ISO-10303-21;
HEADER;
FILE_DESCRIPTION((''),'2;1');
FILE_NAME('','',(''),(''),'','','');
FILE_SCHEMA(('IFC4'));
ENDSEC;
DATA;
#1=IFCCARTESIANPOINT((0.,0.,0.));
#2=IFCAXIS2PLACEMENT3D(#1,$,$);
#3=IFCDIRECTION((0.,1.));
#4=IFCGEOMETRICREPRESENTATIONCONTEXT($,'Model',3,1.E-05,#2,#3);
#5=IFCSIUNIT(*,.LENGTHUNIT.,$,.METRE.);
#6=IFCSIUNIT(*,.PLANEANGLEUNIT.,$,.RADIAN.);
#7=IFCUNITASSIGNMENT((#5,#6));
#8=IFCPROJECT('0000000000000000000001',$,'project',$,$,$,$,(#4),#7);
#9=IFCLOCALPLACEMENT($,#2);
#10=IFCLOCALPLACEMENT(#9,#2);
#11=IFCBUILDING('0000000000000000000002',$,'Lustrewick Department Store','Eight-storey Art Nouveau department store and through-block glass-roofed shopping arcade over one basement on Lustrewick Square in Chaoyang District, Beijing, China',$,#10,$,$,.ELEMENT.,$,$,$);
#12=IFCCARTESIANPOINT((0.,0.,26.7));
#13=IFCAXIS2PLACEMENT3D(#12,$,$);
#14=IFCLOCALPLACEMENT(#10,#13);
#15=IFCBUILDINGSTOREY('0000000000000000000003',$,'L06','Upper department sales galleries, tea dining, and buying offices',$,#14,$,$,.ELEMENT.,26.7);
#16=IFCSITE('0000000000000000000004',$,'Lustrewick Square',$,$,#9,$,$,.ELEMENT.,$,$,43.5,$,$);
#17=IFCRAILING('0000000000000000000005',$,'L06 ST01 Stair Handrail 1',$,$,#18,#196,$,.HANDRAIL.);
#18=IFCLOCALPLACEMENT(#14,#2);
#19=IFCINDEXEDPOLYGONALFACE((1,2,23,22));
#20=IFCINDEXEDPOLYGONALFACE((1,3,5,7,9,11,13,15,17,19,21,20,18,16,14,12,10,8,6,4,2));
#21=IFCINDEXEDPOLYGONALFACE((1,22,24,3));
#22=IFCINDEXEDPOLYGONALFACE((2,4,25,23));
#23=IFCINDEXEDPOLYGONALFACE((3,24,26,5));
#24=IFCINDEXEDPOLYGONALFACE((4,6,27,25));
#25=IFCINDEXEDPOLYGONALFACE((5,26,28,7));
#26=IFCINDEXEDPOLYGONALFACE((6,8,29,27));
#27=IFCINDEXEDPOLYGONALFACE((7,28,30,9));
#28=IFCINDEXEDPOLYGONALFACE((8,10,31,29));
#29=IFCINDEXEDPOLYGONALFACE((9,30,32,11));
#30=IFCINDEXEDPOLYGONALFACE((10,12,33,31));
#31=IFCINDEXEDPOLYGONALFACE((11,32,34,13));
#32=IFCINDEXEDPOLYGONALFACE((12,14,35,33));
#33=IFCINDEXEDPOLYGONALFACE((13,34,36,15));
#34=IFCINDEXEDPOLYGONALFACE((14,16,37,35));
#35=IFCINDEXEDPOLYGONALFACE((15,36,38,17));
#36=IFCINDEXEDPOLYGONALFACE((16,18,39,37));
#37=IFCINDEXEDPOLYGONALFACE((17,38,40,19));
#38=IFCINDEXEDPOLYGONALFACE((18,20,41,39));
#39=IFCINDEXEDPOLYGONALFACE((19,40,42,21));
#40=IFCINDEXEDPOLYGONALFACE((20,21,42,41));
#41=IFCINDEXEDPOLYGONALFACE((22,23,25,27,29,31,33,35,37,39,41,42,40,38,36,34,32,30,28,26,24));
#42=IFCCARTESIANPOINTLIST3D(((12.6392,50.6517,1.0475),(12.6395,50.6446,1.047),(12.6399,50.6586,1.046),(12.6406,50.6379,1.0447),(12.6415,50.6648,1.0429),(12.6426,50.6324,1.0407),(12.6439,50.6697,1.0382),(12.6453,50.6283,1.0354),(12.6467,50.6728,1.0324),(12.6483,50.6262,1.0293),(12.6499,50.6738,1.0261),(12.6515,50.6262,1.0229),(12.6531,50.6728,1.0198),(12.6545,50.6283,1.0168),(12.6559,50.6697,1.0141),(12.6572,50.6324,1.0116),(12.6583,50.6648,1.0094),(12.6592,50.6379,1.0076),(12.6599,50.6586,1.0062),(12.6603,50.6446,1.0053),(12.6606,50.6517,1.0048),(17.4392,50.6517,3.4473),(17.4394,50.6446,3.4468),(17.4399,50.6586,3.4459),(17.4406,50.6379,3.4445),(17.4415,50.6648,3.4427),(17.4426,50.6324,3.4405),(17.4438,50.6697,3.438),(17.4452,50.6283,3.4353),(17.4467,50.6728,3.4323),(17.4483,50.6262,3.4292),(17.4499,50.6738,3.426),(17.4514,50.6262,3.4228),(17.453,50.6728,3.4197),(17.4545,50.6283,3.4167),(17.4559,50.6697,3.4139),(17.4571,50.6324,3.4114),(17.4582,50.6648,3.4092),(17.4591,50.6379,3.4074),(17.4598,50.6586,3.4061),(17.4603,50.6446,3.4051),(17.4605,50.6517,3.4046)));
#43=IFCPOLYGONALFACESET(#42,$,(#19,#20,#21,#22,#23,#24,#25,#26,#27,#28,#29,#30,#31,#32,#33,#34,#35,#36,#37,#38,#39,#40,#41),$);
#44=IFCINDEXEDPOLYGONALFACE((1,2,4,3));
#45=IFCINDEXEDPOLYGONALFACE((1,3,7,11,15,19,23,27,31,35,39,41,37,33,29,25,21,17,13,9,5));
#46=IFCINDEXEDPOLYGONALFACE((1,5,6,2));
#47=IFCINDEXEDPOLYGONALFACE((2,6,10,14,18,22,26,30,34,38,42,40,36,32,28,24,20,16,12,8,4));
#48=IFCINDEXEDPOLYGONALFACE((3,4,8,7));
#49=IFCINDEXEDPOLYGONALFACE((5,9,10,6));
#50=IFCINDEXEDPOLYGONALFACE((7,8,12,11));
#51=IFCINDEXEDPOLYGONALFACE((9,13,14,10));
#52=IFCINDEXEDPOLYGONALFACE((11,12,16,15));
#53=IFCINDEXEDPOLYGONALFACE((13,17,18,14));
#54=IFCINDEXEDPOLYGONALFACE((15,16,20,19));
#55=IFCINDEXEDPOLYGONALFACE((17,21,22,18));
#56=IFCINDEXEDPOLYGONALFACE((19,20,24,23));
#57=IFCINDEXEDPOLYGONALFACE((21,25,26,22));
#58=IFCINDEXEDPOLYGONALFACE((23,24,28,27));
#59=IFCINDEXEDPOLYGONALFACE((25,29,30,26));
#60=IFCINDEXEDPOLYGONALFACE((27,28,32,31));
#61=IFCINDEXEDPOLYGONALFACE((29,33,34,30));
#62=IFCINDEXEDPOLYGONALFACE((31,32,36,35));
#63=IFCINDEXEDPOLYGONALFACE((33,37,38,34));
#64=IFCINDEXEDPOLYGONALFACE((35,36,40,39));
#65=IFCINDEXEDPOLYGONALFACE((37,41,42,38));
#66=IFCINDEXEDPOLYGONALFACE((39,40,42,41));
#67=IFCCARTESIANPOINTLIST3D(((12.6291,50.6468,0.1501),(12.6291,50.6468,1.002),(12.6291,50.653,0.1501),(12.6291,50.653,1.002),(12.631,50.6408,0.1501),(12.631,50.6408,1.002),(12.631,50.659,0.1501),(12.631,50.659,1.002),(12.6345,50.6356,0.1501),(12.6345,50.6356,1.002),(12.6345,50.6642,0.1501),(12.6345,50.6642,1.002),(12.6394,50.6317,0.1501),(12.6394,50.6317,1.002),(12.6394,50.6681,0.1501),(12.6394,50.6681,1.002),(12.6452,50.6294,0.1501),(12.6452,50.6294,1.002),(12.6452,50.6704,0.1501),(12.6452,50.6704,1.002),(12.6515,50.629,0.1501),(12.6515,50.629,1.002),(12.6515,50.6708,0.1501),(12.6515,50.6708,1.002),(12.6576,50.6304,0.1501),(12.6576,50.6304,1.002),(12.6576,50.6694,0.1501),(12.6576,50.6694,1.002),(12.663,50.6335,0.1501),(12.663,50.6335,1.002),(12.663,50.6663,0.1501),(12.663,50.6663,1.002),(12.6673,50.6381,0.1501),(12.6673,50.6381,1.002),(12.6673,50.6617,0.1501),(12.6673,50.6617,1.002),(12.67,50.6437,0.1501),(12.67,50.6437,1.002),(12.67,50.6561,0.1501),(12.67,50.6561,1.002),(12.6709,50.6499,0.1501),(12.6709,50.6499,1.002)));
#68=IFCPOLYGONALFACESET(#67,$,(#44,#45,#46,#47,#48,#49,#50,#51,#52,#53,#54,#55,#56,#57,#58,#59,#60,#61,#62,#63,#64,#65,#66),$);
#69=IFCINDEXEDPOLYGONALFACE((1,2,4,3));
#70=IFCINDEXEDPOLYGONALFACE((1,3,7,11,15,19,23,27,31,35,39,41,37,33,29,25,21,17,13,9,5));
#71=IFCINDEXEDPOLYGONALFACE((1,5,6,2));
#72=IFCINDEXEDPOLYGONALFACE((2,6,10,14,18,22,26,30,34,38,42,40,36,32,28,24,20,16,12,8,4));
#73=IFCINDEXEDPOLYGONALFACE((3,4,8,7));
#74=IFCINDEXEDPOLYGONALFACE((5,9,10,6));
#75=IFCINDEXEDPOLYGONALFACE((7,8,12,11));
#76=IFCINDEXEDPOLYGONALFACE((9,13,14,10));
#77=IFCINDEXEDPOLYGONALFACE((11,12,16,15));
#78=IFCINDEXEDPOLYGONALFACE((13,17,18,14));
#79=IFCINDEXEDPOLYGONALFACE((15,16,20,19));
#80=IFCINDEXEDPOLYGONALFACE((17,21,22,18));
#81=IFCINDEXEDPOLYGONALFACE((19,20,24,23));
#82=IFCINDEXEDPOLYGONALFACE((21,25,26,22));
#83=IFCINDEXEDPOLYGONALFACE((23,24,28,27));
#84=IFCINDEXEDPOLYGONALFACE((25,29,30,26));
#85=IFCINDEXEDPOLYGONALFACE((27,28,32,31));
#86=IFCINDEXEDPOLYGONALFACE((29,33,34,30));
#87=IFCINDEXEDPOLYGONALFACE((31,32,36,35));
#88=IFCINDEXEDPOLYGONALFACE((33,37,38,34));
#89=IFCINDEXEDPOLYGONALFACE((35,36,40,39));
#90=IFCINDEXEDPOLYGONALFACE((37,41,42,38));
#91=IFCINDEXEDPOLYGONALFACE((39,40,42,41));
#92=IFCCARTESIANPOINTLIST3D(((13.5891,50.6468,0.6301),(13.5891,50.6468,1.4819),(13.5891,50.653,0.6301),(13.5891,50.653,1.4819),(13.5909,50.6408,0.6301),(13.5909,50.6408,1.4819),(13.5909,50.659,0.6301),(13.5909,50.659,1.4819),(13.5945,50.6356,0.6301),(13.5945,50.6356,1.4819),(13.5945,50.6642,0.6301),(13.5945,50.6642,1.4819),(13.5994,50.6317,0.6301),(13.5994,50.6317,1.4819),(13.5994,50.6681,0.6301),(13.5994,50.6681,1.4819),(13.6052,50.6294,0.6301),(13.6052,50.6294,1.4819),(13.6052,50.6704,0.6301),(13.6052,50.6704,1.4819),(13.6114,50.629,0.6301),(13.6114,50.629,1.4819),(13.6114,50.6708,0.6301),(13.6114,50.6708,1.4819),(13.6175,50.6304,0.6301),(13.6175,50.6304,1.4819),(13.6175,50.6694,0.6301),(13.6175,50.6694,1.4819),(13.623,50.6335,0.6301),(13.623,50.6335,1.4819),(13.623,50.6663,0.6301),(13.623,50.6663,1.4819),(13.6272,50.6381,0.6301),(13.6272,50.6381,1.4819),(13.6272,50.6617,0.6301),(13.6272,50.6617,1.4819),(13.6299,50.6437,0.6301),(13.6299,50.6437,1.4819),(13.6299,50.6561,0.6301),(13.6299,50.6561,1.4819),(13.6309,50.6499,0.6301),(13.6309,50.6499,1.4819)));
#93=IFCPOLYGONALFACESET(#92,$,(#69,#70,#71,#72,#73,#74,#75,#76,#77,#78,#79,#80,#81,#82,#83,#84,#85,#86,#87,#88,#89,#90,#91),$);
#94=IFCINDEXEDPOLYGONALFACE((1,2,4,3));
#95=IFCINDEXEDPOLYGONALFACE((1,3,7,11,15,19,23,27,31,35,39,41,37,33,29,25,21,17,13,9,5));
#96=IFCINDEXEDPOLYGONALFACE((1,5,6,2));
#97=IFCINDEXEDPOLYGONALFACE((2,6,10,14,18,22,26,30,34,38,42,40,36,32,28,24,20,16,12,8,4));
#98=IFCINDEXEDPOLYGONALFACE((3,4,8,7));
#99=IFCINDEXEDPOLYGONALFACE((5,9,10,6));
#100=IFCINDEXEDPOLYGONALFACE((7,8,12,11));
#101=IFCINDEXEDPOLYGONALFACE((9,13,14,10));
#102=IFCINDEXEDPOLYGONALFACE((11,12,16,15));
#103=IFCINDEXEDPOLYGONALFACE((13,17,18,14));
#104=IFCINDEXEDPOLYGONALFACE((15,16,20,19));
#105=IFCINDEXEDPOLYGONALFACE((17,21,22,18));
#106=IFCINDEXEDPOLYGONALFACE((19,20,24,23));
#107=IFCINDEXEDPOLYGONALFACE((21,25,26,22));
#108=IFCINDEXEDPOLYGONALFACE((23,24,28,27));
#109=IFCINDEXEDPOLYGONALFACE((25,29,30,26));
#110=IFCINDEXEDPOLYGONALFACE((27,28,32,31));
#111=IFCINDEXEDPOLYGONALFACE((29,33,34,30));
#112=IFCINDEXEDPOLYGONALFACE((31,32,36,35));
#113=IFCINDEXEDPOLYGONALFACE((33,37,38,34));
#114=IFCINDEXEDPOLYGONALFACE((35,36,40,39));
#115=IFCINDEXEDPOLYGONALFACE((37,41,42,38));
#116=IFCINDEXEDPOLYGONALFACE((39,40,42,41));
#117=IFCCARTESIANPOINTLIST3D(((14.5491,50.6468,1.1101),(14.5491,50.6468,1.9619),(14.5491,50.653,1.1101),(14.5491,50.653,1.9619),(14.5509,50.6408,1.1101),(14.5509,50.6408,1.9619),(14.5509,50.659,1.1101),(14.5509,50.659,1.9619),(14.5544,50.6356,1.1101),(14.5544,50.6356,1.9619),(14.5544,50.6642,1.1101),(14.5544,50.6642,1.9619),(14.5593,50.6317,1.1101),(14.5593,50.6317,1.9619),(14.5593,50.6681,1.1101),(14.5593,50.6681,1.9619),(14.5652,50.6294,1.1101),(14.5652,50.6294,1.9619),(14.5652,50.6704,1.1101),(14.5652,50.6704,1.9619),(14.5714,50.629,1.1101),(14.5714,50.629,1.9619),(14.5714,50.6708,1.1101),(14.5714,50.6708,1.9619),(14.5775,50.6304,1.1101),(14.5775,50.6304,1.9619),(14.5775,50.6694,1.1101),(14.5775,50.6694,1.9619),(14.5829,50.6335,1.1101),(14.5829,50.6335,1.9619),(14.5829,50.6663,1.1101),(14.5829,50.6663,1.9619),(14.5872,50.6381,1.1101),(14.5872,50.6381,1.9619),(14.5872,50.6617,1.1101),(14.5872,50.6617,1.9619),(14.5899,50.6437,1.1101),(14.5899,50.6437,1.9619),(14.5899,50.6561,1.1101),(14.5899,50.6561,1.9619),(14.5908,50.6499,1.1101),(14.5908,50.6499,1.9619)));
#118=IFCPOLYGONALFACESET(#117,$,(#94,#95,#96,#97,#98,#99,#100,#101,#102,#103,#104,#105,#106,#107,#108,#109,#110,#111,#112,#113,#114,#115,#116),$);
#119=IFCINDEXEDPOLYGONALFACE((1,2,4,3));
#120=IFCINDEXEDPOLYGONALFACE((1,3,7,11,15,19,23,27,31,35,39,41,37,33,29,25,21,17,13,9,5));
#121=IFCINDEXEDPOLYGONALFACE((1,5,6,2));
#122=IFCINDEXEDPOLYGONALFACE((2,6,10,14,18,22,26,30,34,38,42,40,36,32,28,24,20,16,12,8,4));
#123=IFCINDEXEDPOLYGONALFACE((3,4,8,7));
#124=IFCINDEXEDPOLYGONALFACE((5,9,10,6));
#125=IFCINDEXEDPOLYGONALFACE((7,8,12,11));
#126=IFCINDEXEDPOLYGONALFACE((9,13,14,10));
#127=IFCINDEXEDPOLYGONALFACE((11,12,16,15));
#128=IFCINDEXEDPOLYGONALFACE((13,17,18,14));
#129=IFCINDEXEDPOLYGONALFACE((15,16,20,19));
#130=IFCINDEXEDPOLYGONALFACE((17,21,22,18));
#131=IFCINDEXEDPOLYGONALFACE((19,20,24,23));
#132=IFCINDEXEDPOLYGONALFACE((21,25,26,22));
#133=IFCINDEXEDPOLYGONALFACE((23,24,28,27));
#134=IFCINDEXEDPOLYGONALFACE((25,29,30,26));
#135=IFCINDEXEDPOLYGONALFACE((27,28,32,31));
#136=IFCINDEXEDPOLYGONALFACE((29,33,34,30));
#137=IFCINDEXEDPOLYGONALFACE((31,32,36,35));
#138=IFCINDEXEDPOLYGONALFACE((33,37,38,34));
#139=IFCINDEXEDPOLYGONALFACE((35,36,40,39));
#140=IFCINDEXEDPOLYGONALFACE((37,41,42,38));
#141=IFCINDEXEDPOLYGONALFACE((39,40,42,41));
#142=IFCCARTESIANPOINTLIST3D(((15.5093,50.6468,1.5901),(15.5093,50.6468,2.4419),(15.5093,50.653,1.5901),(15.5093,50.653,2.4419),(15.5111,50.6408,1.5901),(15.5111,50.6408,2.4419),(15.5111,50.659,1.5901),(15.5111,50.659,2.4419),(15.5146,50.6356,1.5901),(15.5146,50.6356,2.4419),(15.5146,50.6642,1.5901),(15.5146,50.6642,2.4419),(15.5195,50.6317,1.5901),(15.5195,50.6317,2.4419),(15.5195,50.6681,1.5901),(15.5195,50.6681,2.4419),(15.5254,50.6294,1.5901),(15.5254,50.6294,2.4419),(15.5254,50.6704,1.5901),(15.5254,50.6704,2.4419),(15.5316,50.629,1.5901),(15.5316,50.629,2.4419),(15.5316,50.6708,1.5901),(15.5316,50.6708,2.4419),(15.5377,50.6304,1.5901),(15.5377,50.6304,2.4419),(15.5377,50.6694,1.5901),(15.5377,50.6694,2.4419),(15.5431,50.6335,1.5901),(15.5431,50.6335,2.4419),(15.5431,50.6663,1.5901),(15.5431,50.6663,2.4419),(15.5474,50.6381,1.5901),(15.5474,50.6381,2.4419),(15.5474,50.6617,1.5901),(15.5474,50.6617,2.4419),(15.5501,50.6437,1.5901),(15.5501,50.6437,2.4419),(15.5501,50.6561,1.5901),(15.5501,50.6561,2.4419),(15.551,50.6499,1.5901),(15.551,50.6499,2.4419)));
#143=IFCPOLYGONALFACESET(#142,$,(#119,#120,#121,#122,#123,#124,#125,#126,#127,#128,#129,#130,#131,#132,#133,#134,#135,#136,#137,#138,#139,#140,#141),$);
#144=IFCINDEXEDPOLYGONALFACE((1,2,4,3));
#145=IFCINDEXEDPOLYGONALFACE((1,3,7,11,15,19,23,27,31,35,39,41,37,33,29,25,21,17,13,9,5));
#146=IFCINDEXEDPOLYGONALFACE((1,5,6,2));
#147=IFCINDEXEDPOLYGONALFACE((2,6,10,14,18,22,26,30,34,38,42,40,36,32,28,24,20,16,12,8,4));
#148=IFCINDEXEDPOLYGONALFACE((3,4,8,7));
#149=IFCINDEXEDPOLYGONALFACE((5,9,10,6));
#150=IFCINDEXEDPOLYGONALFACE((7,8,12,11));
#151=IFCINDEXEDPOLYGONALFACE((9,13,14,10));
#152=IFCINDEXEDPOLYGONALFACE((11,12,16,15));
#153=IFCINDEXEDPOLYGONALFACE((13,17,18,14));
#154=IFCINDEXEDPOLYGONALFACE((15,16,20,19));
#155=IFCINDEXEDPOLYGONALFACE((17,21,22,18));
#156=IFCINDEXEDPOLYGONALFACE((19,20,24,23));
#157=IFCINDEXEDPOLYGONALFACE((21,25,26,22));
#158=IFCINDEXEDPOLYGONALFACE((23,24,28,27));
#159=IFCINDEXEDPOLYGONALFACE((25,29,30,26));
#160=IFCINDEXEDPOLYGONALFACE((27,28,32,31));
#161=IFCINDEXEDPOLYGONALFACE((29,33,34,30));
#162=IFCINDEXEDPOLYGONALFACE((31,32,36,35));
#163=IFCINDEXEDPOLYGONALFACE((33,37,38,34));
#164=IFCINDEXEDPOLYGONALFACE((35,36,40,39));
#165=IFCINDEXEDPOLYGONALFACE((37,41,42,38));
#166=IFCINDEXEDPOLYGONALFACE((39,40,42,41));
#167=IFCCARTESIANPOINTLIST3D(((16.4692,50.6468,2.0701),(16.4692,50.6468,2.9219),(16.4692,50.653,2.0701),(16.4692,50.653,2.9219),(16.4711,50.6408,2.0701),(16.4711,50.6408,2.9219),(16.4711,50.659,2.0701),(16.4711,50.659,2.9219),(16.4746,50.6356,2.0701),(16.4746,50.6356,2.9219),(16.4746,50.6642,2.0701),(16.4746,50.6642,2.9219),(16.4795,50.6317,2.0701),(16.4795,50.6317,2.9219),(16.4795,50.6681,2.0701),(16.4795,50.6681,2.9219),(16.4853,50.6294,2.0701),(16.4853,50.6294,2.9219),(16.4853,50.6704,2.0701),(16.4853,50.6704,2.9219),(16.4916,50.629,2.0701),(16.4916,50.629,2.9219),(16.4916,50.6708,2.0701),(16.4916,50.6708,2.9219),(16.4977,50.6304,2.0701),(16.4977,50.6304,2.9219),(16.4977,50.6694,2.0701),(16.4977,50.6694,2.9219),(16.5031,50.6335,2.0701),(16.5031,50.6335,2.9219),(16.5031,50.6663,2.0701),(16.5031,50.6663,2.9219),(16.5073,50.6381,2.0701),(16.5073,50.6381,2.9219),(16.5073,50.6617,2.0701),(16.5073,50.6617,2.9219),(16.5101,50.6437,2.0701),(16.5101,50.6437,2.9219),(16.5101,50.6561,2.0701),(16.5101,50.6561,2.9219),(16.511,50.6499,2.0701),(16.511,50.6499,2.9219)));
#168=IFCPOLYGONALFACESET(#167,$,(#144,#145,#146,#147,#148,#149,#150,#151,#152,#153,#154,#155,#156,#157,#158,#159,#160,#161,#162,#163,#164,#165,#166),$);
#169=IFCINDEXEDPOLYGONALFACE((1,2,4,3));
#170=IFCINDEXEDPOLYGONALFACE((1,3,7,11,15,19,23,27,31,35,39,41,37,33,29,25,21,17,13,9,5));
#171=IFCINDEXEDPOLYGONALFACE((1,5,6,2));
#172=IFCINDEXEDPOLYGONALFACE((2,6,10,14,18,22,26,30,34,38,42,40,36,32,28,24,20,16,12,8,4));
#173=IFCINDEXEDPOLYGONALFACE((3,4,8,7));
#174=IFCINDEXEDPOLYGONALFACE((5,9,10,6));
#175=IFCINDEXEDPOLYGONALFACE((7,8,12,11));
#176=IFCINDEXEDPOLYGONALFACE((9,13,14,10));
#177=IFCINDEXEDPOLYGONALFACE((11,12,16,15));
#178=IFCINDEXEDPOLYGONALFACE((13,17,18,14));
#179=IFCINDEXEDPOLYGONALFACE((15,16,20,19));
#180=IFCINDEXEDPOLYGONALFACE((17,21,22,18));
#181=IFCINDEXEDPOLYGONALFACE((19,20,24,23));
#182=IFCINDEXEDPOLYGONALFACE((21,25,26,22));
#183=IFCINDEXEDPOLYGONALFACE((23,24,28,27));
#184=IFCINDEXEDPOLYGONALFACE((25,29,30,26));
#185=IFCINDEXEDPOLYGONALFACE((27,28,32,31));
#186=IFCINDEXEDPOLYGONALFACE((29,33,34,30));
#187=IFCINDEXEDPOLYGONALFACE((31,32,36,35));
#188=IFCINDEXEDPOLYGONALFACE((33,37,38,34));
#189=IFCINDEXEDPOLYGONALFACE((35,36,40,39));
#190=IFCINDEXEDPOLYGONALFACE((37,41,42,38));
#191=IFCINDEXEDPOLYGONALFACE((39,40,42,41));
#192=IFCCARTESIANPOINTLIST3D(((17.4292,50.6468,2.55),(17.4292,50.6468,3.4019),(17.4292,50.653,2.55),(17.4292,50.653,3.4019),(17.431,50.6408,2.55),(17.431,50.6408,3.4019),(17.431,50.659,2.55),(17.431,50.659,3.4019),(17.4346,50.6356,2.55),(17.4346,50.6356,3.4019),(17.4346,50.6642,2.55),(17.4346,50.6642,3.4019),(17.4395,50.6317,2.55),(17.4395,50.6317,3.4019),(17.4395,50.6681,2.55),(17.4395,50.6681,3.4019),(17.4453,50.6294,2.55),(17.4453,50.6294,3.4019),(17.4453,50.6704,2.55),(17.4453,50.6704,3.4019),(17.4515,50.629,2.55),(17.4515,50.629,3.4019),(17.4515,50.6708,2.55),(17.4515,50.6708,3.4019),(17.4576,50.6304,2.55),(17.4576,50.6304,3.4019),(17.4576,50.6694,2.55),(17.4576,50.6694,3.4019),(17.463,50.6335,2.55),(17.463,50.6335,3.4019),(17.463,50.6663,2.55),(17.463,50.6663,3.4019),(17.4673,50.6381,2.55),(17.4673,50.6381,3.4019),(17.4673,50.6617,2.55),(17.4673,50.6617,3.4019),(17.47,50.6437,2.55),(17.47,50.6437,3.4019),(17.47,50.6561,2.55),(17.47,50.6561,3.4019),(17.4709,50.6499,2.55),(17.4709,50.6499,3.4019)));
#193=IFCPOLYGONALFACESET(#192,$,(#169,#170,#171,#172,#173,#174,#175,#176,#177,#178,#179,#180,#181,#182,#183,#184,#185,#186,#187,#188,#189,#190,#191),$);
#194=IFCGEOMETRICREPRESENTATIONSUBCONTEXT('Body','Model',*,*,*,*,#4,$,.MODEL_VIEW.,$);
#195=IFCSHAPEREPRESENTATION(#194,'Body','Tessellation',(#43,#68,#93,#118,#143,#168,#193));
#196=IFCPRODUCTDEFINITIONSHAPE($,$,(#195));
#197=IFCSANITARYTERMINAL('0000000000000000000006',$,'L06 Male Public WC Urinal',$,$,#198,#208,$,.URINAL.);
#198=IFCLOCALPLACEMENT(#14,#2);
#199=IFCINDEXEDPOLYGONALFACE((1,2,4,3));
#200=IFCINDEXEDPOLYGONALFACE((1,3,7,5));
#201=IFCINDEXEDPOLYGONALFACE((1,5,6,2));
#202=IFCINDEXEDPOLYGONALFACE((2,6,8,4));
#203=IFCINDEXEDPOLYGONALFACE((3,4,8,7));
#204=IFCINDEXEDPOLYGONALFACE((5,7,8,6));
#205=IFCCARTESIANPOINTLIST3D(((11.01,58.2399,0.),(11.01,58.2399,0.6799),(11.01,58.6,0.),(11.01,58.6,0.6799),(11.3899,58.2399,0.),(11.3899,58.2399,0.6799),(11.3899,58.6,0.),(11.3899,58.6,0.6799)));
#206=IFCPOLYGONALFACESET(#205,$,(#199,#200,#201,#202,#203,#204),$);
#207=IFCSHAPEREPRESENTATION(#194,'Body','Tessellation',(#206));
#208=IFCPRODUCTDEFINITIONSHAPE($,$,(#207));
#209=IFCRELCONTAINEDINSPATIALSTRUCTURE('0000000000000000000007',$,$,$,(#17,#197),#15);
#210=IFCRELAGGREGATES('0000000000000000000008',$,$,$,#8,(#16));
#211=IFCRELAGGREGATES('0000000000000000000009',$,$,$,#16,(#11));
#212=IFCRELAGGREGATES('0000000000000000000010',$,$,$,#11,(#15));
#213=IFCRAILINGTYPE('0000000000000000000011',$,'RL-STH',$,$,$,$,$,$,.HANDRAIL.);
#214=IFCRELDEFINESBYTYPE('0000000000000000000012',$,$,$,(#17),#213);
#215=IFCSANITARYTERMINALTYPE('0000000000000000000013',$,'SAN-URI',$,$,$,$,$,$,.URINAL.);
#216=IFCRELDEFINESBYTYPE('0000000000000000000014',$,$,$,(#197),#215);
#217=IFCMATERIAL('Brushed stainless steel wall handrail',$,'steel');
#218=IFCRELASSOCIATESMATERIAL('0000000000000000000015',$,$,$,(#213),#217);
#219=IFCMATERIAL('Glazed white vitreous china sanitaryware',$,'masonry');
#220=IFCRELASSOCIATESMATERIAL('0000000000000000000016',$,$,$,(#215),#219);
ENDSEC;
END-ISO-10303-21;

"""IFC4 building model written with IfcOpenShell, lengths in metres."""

from ifc_helpers import new_model, si_unit, direction, frame, origin, origin_2d, place, context, subcontext, project, spatial, rectangle, circle, extrude, material, type_object, element, save


model = new_model("IFC4")

# Units and contexts
model_context = context("Model", 3, precision=1e-05, world=origin(), true_north=direction((0.0, 1.0)))
body_context = subcontext(model_context, "Body", "Model", "MODEL_VIEW")
ifc_project = project(units=[si_unit("LENGTHUNIT", "METRE"), si_unit("PLANEANGLEUNIT", "RADIAN")], contexts=[model_context])

# Site, building, storey
site_placement = place(None, origin())
site = spatial("IfcSite", under=ifc_project, at=site_placement, Name="Lustrewick Square", CompositionType="ELEMENT", RefElevation=43.5)
building_placement = place(site_placement, origin())
building = spatial("IfcBuilding", under=site, at=building_placement, Name="Lustrewick Department Store", Description="Eight-storey Art Nouveau department store and through-block glass-roofed shopping arcade over one basement on Lustrewick Square in Chaoyang District, Beijing, China", CompositionType="ELEMENT")
storey_placement = place(building_placement, frame((0.0, 0.0, 26.7)))
storey = spatial("IfcBuildingStorey", under=building, at=storey_placement, Name="L06", Description="Upper department sales galleries, tea dining, and buying offices", CompositionType="ELEMENT", Elevation=26.7)

# Railing
ifc_material_1 = material(Name="Brushed stainless steel wall handrail", Category="steel")
railing_type_1 = type_object("IfcRailingType", Name="RL-STH", PredefinedType="HANDRAIL", material=ifc_material_1)
railing_1_placement = place(storey_placement, frame((12.6499, 50.6499, 0.1501)))
element("IfcRailing", 1, at=railing_1_placement, inside=storey, type_object=railing_type_1, Name="L06 ST01 Stair Handrail 1", PredefinedType="HANDRAIL", context=body_context, shape_type="SweptSolid", body=[
    extrude(circle(Radius=0.0239, at=origin_2d()), frame((0.0, 0.0, 0.876), z_axis=(0.894436, 0.0, 0.447195), x_axis=(0.0, 1.0, 0.0)), (0.0, 0.0, 1.0), 5.3665),
    extrude(circle(Radius=0.021, at=origin_2d()), origin(), (0.0, 0.0, 1.0), 0.8518),
    extrude(circle(Radius=0.021, at=origin_2d()), frame((0.96, 0.0, 0.48)), (0.0, 0.0, 1.0), 0.8518),
    extrude(circle(Radius=0.021, at=origin_2d()), frame((1.9199, 0.0, 0.96)), (0.0, 0.0, 1.0), 0.8518),
    extrude(circle(Radius=0.021, at=origin_2d()), frame((2.8801, 0.0, 1.4399)), (0.0, 0.0, 1.0), 0.8518),
    extrude(circle(Radius=0.021, at=origin_2d()), frame((3.8401, 0.0, 1.9199)), (0.0, 0.0, 1.0), 0.8518),
    extrude(circle(Radius=0.021, at=origin_2d()), frame((4.8, 0.0, 2.3999)), (0.0, 0.0, 1.0), 0.8518),
])

# Sanitary terminal
ifc_material_2 = material(Name="Glazed white vitreous china sanitaryware", Category="masonry")
sanitary_terminal_type_1 = type_object("IfcSanitaryTerminalType", Name="SAN-URI", PredefinedType="URINAL", material=ifc_material_2)
sanitary_terminal_1_placement = place(storey_placement, frame((11.2, 58.4199, 0.0), z_axis=(0.0, 0.0, 1.0), x_axis=(1.0, 0.0, 0.0)))
element("IfcSanitaryTerminal", 2, at=sanitary_terminal_1_placement, inside=storey, type_object=sanitary_terminal_type_1, Name="L06 Male Public WC Urinal", PredefinedType="URINAL", context=body_context, shape_type="SweptSolid", body=[
    extrude(rectangle(XDim=0.3799, YDim=0.3601, at=origin_2d()), origin(), (0.0, 0.0, 1.0), 0.6799),
])

save(model, "model.ifc")
